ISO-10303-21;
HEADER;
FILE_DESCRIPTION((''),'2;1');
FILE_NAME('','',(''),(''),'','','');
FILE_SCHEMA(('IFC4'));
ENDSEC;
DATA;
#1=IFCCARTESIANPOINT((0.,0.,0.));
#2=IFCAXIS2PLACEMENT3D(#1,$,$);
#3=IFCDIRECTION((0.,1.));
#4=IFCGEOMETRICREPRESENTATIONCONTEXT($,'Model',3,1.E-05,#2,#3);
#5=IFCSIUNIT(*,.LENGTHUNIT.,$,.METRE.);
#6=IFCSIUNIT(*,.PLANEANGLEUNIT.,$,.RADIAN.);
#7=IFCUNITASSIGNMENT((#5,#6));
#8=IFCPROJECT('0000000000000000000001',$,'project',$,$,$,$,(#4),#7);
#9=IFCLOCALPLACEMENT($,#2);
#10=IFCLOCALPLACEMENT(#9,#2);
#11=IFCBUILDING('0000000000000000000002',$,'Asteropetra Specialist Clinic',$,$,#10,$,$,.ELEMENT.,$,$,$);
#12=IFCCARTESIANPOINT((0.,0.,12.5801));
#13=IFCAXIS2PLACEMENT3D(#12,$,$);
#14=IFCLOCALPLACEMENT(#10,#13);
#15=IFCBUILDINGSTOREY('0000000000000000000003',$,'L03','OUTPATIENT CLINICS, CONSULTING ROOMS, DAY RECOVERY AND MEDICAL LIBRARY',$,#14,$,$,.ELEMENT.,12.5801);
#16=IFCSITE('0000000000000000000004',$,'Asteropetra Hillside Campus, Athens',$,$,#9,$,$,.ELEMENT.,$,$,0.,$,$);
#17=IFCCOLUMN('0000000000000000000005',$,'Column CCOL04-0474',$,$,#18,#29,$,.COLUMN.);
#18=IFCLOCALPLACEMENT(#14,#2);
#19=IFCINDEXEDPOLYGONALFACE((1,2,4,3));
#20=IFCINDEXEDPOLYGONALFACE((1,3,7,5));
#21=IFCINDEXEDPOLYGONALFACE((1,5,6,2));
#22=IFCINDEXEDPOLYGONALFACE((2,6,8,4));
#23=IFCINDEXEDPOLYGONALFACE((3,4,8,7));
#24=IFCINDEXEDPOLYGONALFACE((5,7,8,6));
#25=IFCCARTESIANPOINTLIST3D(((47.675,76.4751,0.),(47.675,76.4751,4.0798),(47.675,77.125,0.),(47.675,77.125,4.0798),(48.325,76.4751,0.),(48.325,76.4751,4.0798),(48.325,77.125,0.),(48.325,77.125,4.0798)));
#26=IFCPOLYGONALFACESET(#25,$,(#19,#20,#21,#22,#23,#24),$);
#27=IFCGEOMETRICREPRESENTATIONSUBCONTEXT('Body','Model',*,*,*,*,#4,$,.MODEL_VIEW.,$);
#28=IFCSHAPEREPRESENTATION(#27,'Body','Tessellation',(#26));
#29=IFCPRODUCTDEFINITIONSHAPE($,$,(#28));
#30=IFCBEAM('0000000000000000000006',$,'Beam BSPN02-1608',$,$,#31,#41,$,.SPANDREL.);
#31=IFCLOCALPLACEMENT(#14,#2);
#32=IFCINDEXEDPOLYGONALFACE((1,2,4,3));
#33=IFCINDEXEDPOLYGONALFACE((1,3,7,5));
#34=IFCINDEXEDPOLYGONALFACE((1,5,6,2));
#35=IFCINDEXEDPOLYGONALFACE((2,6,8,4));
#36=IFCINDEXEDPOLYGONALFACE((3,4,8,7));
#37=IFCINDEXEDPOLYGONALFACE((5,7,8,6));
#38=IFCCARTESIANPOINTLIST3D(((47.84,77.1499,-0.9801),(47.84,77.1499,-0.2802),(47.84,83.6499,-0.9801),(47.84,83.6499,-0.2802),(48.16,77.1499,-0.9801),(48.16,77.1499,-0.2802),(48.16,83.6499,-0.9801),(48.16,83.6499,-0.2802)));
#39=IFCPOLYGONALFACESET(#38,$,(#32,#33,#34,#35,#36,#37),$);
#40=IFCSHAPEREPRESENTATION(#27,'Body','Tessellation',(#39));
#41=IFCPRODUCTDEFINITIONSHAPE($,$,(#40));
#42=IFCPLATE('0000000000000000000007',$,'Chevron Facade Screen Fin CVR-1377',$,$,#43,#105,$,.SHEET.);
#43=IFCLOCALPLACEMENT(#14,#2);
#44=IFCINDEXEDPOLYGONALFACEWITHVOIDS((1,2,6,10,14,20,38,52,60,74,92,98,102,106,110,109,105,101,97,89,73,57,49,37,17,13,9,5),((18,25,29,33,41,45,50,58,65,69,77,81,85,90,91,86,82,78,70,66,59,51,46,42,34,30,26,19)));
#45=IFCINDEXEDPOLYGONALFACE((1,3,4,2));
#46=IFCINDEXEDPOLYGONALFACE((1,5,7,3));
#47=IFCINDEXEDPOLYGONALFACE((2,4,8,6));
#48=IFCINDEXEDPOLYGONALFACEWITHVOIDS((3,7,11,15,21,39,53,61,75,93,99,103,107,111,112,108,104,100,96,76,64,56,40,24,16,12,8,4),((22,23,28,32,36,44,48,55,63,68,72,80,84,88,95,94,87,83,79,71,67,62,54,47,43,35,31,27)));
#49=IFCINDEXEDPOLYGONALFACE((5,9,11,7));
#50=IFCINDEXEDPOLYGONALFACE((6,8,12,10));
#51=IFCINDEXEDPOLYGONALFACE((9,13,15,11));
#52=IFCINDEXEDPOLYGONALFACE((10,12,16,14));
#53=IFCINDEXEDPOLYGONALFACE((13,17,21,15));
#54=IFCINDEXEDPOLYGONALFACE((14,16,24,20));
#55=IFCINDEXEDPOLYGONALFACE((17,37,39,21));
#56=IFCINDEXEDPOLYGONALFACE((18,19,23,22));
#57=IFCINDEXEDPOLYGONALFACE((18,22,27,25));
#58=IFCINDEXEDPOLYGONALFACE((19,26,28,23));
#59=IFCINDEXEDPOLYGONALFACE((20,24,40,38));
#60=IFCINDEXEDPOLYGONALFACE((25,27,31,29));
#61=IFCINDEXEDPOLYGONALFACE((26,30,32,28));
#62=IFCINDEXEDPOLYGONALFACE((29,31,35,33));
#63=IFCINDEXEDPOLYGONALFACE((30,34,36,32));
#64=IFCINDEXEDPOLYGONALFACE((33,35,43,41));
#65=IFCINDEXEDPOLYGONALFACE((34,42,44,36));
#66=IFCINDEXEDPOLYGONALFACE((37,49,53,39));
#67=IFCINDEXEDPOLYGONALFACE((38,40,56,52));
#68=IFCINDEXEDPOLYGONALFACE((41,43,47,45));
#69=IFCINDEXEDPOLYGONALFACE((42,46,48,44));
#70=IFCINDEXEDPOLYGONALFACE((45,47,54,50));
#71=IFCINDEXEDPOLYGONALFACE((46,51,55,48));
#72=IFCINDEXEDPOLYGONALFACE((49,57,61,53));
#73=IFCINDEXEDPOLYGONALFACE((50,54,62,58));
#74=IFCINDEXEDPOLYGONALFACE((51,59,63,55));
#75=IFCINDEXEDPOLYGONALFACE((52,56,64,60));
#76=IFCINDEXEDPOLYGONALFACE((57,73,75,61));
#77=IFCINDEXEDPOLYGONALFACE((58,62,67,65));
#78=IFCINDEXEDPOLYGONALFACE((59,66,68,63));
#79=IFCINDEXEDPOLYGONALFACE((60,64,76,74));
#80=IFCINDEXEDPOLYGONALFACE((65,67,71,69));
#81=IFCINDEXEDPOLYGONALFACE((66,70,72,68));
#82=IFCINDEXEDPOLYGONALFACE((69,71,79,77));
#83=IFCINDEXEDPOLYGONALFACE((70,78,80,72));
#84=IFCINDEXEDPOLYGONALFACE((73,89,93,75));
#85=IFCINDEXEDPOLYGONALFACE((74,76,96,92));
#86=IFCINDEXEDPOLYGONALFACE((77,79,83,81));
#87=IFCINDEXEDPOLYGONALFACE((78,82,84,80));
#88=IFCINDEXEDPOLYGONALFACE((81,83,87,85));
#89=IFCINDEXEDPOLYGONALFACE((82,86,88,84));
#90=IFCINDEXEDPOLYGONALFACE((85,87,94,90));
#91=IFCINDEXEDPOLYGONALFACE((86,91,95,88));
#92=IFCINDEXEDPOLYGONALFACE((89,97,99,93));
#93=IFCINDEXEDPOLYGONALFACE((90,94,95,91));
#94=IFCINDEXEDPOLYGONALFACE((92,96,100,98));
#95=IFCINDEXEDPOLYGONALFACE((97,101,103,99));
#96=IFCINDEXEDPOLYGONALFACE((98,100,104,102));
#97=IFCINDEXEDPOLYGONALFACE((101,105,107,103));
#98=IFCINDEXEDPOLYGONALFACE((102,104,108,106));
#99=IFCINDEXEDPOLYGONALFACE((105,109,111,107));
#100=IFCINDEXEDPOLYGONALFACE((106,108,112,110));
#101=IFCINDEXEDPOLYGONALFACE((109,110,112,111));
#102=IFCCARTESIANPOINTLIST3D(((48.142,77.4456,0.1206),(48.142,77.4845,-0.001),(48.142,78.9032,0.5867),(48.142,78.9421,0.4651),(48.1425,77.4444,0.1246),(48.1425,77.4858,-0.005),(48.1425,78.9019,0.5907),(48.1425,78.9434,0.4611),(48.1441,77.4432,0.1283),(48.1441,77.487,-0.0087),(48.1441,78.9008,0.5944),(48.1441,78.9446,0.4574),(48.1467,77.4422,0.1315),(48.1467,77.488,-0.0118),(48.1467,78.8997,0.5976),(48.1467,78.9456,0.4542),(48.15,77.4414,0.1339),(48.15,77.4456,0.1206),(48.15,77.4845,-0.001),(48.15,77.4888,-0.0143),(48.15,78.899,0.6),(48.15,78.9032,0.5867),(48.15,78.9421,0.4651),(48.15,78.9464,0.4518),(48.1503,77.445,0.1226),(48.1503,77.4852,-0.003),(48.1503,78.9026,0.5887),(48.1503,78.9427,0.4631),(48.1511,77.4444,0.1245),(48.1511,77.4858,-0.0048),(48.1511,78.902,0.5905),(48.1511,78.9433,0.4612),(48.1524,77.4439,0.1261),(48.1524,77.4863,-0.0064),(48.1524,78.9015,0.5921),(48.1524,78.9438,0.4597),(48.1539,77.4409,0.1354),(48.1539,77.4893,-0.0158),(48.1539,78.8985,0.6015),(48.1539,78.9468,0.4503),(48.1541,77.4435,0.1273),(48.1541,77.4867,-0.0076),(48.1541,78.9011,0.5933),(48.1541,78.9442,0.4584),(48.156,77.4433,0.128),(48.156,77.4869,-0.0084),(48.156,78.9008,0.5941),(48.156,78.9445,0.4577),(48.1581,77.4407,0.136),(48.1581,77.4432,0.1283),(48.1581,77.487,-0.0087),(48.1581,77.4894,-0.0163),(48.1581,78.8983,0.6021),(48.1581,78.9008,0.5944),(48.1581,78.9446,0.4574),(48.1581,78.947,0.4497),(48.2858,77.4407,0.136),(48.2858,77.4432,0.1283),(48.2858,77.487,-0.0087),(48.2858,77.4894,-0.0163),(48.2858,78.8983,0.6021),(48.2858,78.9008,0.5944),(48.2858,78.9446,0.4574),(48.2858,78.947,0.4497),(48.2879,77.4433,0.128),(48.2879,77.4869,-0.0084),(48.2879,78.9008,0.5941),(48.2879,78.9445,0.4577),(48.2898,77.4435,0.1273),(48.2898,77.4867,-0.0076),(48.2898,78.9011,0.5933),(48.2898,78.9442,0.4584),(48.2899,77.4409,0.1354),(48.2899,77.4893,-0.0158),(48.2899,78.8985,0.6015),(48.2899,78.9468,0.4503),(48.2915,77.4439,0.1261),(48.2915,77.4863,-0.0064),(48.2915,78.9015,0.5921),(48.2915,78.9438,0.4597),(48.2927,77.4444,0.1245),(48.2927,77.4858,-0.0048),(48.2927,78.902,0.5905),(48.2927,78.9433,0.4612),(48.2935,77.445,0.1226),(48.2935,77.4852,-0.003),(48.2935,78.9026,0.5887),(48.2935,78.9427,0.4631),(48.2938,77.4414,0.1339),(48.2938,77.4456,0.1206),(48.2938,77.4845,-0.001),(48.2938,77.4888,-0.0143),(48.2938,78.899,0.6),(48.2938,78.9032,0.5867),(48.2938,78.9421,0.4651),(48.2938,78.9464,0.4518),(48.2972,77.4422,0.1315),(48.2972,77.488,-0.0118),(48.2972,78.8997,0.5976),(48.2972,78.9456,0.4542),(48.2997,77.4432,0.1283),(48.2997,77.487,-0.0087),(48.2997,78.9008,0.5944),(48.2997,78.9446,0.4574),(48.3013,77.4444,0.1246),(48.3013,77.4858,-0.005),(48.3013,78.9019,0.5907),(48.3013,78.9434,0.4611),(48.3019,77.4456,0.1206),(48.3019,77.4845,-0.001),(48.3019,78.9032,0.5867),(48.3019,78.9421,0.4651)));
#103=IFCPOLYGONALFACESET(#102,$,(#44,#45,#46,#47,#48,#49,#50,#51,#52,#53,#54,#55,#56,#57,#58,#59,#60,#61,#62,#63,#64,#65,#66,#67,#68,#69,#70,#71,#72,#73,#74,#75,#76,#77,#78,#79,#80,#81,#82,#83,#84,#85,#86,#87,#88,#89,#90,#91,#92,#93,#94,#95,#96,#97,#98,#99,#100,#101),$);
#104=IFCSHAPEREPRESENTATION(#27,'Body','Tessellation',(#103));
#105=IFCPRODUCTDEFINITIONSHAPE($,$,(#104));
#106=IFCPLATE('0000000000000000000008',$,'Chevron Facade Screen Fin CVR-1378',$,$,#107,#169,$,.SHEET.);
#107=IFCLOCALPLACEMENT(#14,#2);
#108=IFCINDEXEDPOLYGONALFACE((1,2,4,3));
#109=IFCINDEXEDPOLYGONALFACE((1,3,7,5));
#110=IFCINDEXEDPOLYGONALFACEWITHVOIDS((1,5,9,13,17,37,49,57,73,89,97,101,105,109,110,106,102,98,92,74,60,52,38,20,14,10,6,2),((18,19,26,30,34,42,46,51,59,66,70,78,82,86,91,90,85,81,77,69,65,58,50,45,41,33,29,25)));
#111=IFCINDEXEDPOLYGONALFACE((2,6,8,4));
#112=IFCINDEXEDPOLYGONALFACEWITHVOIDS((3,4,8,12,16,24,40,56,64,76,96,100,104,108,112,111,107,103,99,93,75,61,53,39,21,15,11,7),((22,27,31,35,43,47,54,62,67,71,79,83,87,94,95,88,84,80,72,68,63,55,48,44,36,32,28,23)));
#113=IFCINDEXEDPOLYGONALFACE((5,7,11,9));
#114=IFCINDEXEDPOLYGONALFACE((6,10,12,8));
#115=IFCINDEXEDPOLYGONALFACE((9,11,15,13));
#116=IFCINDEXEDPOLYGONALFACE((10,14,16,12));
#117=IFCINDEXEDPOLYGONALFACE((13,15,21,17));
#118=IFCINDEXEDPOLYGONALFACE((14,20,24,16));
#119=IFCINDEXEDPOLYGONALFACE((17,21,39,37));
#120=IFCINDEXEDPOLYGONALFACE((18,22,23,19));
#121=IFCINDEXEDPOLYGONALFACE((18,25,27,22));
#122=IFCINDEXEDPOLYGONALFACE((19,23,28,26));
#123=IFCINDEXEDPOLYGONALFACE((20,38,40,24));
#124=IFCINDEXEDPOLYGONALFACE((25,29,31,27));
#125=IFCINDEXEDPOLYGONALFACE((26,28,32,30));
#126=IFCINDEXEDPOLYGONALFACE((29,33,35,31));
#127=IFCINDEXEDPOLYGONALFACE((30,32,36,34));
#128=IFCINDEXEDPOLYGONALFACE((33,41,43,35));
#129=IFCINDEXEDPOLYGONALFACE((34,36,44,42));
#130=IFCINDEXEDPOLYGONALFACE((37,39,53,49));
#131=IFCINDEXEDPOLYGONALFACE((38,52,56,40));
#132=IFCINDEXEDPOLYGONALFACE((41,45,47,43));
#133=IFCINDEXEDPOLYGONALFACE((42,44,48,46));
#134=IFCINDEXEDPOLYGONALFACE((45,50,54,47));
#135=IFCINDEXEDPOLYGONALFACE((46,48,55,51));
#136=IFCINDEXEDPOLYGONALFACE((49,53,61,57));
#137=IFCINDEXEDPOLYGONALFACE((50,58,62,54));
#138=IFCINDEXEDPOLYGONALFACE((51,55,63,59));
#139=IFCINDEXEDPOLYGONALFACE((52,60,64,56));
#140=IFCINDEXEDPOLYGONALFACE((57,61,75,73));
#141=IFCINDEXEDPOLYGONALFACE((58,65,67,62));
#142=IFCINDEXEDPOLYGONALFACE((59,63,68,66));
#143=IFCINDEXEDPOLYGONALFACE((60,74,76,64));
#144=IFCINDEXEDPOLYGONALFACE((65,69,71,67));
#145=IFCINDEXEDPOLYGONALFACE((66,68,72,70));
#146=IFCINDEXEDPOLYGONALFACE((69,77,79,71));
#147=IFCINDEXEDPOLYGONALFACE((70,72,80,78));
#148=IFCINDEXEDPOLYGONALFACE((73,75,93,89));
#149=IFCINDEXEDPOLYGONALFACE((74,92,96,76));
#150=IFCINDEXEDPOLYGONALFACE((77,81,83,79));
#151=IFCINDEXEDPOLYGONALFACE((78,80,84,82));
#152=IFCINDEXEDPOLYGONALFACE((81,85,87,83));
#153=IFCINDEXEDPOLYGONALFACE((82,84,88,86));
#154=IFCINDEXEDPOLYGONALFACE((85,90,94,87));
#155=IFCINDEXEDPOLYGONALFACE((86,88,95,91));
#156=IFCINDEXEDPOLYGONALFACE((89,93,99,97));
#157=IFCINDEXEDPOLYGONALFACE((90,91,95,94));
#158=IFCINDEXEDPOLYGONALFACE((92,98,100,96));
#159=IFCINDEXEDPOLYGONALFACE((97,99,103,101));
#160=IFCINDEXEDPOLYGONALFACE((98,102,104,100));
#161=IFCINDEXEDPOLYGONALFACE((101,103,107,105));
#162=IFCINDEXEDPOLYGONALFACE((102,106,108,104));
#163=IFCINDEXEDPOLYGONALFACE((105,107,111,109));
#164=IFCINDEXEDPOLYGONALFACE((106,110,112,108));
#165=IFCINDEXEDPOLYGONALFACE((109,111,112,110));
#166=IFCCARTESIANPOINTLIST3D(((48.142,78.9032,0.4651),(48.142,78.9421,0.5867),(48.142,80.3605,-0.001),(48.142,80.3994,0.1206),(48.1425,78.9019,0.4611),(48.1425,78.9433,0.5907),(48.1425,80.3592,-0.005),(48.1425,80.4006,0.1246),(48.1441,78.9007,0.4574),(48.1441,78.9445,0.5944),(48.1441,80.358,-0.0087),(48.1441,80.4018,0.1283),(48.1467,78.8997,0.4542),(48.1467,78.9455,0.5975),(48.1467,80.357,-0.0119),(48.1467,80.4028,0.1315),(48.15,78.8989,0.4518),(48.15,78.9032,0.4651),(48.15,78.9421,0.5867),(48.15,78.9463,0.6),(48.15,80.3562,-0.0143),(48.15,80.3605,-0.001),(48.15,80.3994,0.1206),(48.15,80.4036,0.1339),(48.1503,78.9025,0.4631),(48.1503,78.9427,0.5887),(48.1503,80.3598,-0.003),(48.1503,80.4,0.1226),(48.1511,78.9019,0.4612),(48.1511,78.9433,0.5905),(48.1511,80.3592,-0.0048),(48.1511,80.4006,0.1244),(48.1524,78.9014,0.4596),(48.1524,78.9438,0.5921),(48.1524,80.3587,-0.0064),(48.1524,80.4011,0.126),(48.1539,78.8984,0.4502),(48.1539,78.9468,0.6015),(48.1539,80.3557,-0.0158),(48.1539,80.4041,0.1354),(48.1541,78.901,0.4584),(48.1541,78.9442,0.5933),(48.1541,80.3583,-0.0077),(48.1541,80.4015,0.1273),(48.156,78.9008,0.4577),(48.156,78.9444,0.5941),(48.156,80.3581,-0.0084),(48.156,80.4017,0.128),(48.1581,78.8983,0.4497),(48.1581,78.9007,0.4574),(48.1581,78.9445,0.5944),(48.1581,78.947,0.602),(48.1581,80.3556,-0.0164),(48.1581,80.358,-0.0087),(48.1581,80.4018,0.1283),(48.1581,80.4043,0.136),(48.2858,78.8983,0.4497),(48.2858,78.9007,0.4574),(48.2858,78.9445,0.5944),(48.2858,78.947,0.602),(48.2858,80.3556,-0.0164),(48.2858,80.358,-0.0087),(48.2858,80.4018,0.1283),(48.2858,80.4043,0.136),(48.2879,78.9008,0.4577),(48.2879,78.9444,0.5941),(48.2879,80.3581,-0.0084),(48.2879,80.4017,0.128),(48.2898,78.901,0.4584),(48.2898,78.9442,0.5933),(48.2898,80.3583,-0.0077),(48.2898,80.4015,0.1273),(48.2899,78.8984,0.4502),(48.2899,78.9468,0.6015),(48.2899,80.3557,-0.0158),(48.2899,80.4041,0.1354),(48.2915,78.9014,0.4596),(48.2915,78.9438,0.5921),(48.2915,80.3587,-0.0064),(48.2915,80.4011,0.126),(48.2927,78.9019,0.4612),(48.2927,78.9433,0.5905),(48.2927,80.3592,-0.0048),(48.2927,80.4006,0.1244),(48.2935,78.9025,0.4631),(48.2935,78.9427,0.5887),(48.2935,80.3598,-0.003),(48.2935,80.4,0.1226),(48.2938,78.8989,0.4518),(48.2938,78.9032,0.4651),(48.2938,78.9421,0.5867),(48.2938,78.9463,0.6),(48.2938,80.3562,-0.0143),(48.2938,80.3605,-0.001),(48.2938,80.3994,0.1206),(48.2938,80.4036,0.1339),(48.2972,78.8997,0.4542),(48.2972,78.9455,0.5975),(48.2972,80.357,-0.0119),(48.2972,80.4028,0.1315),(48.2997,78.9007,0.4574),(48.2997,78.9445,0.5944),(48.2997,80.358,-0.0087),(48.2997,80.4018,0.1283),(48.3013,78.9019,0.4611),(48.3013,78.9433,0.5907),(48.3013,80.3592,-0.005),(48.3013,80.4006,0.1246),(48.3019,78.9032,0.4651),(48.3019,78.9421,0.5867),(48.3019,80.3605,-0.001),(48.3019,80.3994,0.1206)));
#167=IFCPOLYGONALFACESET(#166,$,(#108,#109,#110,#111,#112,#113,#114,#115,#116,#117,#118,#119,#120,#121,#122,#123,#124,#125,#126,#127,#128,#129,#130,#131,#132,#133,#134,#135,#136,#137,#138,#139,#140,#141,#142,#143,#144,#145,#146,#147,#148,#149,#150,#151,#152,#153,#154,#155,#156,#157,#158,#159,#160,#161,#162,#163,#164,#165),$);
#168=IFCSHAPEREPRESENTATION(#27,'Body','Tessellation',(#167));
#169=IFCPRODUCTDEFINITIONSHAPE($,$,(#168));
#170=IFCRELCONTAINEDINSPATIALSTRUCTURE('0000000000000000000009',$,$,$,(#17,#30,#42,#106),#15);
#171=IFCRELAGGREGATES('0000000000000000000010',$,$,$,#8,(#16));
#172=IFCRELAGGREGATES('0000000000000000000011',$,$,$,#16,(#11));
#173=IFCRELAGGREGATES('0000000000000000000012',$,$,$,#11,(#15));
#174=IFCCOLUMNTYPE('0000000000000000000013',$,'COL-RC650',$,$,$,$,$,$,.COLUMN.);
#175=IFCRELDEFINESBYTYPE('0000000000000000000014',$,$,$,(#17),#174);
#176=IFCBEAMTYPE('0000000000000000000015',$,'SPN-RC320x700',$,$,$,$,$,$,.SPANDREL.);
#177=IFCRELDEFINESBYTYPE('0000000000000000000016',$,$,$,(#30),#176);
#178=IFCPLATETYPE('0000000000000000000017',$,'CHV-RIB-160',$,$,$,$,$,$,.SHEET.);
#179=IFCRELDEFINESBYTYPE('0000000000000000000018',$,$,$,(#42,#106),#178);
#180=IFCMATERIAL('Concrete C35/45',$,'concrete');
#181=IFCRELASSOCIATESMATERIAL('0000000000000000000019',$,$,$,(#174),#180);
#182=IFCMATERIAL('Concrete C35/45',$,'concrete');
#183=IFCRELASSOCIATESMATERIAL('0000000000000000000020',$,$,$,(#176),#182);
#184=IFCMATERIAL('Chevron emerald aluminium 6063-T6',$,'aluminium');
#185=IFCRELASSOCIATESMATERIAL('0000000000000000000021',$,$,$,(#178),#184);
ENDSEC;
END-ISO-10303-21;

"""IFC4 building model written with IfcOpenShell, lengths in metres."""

from ifc_helpers import new_model, si_unit, direction, frame, origin, origin_2d, place, context, subcontext, project, spatial, rectangle, hollow_rectangle, extrude, material, material_profile, profile_set, type_object, element, save


model = new_model("IFC4")

# Units and contexts
model_context = context("Model", 3, precision=1e-05, world=origin(), true_north=direction((0.0, 1.0)))
body_context = subcontext(model_context, "Body", "Model", "MODEL_VIEW")
ifc_project = project(units=[si_unit("LENGTHUNIT", "METRE"), si_unit("PLANEANGLEUNIT", "RADIAN")], contexts=[model_context])

# Site, building, storey
site_placement = place(None, origin())
site = spatial("IfcSite", under=ifc_project, at=site_placement, Name="Asteropetra Hillside Campus, Athens", CompositionType="ELEMENT", RefElevation=0.0)
building_placement = place(site_placement, origin())
building = spatial("IfcBuilding", under=site, at=building_placement, Name="Asteropetra Specialist Clinic", CompositionType="ELEMENT")
storey_placement = place(building_placement, frame((0.0, 0.0, 12.5801)))
storey = spatial("IfcBuildingStorey", under=building, at=storey_placement, Name="L03", Description="OUTPATIENT CLINICS, CONSULTING ROOMS, DAY RECOVERY AND MEDICAL LIBRARY", CompositionType="ELEMENT", Elevation=12.5801)

# Column
ifc_material_1 = material(Name="Concrete C35/45", Category="concrete")
ifc_material_profile_1 = material_profile(ifc_material_1, rectangle(XDim=0.6499, YDim=0.6499, at=origin_2d()), Name="RC 650x650")
ifc_profile_set_1 = profile_set([ifc_material_profile_1], Name="Concrete C35/45")
column_type = type_object("IfcColumnType", Name="COL-RC650", PredefinedType="COLUMN", material=ifc_profile_set_1)
column_placement = place(storey_placement, frame((48.0, 76.8, 0.0), z_axis=(0.0, 0.0, 1.0), x_axis=(1.0, 0.0, 0.0)))
element("IfcColumn", 1, at=column_placement, inside=storey, type_object=column_type, Name="Column CCOL04-0474", PredefinedType="COLUMN", context=body_context, shape_type="SweptSolid", body=[
    extrude(rectangle(XDim=0.6499, YDim=0.6499, at=origin_2d()), origin(), (0.0, 0.0, 1.0), 4.0798),
])

# Beam
ifc_material_2 = material(Name="Concrete C35/45", Category="concrete")
ifc_material_profile_2 = material_profile(ifc_material_2, rectangle(XDim=0.3201, YDim=0.7, at=origin_2d()), Name="RCS 320x700")
ifc_profile_set_2 = profile_set([ifc_material_profile_2], Name="Concrete C35/45")
beam_type = type_object("IfcBeamType", Name="SPN-RC320x700", PredefinedType="SPANDREL", material=ifc_profile_set_2)
beam_placement = place(storey_placement, frame((48.0, 77.1499, -0.6301), z_axis=(0.0, 1.0, 0.0), x_axis=(-1.0, 0.0, 0.0)))
element("IfcBeam", 2, at=beam_placement, inside=storey, type_object=beam_type, Name="Beam BSPN02-1608", PredefinedType="SPANDREL", context=body_context, shape_type="SweptSolid", body=[
    extrude(rectangle(XDim=0.3201, YDim=0.7, at=origin_2d()), origin(), (0.0, 0.0, 1.0), 6.5),
])

# Plates
ifc_material_3 = material(Name="Chevron emerald aluminium 6063-T6", Category="aluminium")
ifc_material_profile_3 = material_profile(ifc_material_3, hollow_rectangle(XDim=0.1599, YDim=0.1599, WallThickness=0.0081, InnerFilletRadius=0.0081, OuterFilletRadius=0.0161, at=origin_2d()), Name="SHS 160x160x8.0")
ifc_profile_set_3 = profile_set([ifc_material_profile_3], Name="Chevron emerald aluminium 6063-T6")
plate_type_1 = type_object("IfcPlateType", Name="CHV-RIB-160", PredefinedType="SHEET", material=ifc_profile_set_3)
plate_placement = place(storey_placement, frame((48.2219, 77.4651, 0.0598), z_axis=(0.0, 0.952489, 0.304573), x_axis=(-1.0, 0.0, 0.0)))
element("IfcPlate", 3, at=plate_placement, inside=storey, type_object=plate_type_1, Name="Chevron Facade Screen Fin CVR-1377", PredefinedType="SHEET", context=body_context, shape_type="SweptSolid", body=[
    extrude(hollow_rectangle(XDim=0.1599, YDim=0.1599, WallThickness=0.0081, InnerFilletRadius=0.0081, OuterFilletRadius=0.0161, at=origin_2d()), origin(), (0.0, 0.0, 1.0), 1.5303),
])
for number, where, z_axis, x_axis, name in (
    (4, (48.2219, 78.9226, 0.5259), (0.0, 0.952474, -0.304619), (-1.0, 0.0, 0.0), "Chevron Facade Screen Fin CVR-1378"),
):
    element("IfcPlate", number, at=place(storey_placement, frame(where, z_axis=z_axis, x_axis=x_axis)), inside=storey, type_object=plate_type_1, Name=name, PredefinedType="SHEET", context=body_context, shape_type="SweptSolid", body=[
        extrude(hollow_rectangle(XDim=0.1599, YDim=0.1599, WallThickness=0.0081, InnerFilletRadius=0.0081, OuterFilletRadius=0.0161, at=origin_2d()), origin(), (0.0, 0.0, 1.0), 1.53),
    ])

save(model, "model.ifc")
